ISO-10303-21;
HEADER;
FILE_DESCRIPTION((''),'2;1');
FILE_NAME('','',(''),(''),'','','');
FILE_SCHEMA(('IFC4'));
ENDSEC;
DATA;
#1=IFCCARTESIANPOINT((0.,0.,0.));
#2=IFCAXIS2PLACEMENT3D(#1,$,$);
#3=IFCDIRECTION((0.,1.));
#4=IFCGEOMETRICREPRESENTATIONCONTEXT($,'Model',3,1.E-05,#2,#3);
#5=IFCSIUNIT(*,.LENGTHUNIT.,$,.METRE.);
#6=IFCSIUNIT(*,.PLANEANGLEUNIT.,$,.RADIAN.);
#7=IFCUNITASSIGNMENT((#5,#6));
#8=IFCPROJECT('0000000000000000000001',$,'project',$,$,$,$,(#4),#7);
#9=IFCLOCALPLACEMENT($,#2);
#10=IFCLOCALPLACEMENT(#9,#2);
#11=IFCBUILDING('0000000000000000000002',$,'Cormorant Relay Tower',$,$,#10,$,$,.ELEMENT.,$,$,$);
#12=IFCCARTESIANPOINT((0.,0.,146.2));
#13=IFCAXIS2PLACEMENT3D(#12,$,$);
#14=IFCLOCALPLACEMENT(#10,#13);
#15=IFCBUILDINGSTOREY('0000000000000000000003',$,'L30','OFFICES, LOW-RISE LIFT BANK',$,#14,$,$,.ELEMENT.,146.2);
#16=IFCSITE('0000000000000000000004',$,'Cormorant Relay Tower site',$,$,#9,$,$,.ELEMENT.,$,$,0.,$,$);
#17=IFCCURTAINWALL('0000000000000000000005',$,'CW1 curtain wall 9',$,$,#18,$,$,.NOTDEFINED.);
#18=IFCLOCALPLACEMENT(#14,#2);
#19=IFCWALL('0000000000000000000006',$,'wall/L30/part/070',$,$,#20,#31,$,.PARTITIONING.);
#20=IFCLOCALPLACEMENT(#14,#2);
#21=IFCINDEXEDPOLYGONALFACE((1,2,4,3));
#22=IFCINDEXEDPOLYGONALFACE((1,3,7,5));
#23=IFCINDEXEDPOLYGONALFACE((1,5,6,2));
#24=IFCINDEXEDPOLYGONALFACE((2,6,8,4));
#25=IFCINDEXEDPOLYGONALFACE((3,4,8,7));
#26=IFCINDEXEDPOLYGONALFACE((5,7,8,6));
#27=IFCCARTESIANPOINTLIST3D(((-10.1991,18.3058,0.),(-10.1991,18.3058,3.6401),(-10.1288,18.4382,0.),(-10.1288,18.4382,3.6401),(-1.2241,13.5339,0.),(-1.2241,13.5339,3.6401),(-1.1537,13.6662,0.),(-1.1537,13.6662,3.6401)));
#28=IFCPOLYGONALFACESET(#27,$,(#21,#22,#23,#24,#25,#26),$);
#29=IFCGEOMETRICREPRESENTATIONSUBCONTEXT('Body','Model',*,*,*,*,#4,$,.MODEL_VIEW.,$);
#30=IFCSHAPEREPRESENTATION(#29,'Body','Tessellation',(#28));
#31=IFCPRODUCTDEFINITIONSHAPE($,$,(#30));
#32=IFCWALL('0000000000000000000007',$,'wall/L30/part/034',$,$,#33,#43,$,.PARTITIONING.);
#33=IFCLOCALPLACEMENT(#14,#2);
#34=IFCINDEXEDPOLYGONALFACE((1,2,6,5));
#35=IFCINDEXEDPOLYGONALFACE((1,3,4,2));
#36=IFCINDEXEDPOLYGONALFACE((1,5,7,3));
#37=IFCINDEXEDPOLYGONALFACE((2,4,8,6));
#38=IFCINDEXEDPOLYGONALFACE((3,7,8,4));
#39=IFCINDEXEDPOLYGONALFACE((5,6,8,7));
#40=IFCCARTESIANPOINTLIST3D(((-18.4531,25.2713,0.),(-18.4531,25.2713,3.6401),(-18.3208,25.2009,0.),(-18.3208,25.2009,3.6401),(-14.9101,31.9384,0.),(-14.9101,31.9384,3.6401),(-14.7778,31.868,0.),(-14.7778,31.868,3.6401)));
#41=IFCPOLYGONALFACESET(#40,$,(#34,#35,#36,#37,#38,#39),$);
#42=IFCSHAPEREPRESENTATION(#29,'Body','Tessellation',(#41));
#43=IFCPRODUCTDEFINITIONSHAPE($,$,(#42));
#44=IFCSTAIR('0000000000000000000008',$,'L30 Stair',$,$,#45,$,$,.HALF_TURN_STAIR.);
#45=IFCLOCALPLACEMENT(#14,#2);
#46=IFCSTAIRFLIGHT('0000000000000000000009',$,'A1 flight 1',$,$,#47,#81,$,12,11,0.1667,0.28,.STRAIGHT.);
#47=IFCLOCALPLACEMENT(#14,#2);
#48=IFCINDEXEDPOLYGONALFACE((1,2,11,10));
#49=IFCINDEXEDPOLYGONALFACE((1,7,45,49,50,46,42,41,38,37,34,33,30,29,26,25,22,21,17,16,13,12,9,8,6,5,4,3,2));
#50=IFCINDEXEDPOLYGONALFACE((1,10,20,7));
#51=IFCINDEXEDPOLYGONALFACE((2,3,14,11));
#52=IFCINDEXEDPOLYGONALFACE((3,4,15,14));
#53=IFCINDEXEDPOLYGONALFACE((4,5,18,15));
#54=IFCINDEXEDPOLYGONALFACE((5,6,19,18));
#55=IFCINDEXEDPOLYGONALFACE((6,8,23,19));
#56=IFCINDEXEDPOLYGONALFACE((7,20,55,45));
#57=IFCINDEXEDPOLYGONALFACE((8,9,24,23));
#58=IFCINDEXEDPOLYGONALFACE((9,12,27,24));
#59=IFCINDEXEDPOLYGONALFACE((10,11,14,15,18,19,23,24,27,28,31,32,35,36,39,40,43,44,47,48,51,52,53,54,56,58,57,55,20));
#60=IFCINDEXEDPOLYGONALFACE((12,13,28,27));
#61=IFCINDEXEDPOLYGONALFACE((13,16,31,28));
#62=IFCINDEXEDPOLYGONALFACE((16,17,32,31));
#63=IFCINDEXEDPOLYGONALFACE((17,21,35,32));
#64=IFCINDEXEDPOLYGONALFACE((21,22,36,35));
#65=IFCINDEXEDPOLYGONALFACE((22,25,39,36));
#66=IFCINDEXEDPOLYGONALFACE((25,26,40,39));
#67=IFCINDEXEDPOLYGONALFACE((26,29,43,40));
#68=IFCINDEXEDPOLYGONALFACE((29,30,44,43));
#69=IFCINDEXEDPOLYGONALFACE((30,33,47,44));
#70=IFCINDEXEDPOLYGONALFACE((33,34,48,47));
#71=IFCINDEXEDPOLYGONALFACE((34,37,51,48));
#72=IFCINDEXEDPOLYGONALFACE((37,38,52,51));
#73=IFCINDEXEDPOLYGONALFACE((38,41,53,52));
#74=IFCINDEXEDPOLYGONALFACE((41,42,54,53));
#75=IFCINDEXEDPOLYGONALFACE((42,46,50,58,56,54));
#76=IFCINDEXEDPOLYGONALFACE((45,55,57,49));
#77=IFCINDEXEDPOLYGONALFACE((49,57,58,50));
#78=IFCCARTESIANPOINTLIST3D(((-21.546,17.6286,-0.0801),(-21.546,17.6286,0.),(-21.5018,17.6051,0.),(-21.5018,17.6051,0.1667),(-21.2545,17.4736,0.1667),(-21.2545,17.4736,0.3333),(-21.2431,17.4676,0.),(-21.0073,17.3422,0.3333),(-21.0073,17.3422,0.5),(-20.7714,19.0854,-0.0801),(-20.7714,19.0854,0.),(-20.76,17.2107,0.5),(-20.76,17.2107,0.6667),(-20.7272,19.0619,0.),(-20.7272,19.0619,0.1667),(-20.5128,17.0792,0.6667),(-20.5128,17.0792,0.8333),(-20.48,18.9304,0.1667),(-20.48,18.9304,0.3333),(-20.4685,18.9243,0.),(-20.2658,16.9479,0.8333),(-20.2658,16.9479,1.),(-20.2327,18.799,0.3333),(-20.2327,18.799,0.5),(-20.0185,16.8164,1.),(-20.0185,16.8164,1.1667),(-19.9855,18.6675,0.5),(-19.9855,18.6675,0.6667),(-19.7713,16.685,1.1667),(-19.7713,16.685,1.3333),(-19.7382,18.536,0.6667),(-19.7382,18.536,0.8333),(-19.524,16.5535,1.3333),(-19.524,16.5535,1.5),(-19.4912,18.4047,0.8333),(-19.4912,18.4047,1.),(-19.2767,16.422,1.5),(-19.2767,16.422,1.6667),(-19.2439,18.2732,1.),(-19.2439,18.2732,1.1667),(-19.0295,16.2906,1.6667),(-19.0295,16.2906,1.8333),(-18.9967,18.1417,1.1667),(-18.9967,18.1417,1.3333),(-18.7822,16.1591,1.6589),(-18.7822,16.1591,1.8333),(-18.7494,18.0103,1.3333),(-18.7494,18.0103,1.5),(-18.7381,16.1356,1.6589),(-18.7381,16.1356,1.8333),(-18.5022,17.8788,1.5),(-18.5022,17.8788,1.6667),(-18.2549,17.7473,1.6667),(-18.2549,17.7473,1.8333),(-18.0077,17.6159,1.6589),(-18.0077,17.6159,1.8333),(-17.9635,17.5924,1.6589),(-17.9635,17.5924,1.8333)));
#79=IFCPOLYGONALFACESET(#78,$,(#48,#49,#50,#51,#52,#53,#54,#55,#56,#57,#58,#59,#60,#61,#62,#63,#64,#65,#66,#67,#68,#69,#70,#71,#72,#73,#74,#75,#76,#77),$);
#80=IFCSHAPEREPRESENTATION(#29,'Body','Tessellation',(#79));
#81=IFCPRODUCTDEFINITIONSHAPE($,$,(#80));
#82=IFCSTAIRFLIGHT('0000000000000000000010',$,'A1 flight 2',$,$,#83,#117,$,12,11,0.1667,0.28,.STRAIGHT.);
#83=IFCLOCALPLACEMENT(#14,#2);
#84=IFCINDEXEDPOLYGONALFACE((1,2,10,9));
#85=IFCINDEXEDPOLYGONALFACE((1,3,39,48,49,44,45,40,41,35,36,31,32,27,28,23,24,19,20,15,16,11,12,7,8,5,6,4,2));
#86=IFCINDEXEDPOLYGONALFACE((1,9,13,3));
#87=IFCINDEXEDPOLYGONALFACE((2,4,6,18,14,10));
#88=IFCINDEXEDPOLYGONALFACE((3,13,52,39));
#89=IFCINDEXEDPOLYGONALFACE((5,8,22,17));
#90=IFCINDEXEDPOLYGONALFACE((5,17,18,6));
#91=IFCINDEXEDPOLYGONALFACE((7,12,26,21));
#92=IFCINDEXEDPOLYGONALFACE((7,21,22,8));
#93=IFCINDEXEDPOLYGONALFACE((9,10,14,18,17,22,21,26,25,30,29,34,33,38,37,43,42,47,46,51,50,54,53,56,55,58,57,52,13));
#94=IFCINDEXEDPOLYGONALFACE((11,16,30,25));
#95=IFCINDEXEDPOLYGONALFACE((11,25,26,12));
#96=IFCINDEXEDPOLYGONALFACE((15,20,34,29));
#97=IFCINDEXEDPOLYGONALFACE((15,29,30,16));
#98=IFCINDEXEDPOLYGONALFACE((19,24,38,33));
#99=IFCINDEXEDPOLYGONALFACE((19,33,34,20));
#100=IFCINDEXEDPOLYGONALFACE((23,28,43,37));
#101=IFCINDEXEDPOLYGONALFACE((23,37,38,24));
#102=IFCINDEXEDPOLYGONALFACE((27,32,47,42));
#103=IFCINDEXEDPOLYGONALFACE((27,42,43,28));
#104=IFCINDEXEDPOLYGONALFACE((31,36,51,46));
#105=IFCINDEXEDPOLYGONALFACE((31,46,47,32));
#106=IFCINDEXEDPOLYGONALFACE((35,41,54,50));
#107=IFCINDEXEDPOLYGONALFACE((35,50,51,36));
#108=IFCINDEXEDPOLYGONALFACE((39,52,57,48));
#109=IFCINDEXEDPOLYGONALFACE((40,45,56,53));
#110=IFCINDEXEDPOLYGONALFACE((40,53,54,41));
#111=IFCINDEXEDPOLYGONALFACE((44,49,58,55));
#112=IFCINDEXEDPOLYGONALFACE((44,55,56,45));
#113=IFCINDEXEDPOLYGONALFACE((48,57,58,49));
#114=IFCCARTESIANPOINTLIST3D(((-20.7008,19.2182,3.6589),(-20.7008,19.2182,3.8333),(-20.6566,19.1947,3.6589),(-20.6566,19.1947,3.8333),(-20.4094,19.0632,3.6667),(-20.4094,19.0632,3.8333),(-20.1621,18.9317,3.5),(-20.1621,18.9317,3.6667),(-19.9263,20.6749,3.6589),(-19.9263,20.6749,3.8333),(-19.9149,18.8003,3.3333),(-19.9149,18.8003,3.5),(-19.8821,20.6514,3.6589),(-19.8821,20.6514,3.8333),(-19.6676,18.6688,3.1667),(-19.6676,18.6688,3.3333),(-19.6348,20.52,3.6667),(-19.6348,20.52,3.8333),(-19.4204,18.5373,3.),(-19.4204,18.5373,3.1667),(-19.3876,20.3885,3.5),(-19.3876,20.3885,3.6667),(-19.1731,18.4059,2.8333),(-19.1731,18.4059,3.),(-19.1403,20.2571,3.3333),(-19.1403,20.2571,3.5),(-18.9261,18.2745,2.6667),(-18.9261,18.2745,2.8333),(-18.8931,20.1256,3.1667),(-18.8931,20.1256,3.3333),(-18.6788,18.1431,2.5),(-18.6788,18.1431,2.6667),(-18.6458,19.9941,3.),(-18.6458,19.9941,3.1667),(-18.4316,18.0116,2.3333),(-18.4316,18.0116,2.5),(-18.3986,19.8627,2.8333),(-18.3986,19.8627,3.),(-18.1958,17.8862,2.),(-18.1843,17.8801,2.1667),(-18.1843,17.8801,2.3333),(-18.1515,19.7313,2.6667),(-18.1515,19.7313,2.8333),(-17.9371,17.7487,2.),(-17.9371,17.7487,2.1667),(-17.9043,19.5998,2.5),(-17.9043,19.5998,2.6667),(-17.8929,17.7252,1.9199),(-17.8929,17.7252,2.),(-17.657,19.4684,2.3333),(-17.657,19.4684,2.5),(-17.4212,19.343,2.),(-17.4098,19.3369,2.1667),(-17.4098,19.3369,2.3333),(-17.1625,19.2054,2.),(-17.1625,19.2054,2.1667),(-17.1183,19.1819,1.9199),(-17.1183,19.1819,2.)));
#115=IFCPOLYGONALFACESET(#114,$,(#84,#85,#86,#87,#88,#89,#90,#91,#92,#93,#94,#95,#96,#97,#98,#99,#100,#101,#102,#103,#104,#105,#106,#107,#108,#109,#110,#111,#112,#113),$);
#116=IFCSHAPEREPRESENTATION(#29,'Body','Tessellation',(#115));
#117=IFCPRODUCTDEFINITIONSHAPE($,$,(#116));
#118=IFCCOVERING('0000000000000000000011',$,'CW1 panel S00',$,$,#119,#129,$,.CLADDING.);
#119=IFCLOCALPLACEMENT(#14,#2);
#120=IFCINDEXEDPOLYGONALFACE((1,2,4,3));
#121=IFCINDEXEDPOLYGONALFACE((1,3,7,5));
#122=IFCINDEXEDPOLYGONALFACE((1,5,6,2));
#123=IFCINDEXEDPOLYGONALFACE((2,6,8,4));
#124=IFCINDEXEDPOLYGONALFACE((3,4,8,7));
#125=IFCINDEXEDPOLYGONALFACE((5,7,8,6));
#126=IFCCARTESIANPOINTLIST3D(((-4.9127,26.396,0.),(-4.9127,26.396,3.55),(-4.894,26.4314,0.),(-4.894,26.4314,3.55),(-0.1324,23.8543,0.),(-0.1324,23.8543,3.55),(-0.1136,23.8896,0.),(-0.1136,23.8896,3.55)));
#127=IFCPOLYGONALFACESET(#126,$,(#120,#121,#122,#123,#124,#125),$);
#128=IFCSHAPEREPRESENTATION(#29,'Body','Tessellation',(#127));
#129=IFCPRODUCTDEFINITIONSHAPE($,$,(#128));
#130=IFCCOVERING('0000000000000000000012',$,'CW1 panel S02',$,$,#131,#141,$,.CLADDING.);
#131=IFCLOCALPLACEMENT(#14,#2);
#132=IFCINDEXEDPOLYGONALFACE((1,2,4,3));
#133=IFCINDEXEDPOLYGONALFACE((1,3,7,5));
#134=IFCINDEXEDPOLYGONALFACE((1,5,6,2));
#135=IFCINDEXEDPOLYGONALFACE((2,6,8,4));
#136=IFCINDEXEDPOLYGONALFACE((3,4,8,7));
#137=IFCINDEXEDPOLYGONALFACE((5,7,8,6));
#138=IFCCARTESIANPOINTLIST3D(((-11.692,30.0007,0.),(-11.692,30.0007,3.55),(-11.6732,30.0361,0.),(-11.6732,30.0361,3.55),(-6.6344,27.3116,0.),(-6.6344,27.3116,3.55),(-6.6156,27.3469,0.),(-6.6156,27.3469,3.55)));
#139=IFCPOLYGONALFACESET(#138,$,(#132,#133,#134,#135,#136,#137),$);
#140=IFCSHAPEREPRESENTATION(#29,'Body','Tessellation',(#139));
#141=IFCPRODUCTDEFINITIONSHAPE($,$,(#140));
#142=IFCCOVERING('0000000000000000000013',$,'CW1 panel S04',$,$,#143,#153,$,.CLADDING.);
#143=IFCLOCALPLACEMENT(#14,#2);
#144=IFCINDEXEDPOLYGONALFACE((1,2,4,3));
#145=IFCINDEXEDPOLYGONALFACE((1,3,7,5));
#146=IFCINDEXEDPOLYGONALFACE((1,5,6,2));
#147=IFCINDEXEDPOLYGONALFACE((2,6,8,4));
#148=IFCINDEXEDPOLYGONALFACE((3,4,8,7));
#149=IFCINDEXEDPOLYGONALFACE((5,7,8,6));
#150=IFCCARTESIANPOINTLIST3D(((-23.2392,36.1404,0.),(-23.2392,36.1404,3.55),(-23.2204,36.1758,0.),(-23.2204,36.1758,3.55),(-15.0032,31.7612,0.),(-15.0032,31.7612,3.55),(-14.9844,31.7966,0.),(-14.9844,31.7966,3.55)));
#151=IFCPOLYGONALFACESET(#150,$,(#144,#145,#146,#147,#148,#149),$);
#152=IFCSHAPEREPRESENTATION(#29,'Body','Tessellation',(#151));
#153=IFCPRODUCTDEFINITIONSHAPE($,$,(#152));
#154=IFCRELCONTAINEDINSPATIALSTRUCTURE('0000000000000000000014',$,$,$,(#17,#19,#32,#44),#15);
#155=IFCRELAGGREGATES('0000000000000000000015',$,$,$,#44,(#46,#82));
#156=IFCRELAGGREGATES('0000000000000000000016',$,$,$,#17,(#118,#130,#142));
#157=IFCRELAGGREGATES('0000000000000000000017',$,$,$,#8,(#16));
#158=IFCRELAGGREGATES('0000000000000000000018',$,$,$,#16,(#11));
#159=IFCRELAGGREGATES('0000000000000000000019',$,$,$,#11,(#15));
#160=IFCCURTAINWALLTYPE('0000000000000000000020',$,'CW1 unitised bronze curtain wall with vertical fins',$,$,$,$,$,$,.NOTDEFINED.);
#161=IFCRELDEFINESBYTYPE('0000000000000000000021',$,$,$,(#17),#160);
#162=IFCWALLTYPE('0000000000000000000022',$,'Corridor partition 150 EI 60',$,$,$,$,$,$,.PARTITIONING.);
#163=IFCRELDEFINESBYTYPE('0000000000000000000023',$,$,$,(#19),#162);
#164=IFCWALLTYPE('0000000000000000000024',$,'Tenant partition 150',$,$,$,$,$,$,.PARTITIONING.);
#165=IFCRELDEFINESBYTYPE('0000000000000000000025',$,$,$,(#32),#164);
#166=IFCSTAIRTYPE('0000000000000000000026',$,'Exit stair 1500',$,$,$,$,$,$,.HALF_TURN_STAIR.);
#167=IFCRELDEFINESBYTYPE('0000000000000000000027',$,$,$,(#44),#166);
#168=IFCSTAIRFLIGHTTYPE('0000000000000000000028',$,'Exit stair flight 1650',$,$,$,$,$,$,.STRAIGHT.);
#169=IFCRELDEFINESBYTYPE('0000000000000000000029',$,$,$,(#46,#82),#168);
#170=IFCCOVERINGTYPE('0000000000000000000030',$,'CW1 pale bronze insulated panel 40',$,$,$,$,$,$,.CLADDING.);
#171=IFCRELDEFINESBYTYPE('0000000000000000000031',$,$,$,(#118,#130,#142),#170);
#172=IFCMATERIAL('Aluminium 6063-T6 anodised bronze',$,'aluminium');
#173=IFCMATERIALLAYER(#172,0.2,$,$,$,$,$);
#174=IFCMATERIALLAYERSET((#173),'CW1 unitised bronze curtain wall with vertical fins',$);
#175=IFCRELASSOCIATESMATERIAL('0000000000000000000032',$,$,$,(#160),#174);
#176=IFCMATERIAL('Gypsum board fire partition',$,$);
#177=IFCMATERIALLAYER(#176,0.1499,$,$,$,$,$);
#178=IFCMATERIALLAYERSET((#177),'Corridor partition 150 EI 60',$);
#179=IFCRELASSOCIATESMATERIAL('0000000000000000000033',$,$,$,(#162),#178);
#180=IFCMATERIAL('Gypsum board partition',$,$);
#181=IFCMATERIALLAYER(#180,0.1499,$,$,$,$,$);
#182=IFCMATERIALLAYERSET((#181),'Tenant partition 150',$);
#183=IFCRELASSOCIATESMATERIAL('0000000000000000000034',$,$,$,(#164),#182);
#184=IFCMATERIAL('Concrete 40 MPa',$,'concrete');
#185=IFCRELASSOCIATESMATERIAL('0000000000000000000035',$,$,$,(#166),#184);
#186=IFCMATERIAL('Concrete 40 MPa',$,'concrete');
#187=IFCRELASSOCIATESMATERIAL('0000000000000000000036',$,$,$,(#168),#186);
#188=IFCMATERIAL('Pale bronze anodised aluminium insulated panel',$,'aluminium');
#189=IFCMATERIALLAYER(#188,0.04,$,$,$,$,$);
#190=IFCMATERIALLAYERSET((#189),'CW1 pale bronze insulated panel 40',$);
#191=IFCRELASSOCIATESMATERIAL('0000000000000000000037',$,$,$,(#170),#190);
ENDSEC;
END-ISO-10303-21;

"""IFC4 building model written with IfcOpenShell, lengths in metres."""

from ifc_helpers import new_model, si_unit, direction, frame, frame_2d, origin, origin_2d, place, context, subcontext, project, spatial, polyline, rectangle, outline, extrude, material, layer, layer_set, type_object, element, aggregate, save


model = new_model("IFC4")

# Units and contexts
model_context = context("Model", 3, precision=1e-05, world=origin(), true_north=direction((0.0, 1.0)))
body_context = subcontext(model_context, "Body", "Model", "MODEL_VIEW")
ifc_project = project(units=[si_unit("LENGTHUNIT", "METRE"), si_unit("PLANEANGLEUNIT", "RADIAN")], contexts=[model_context])

# Site, building, storey
site_placement = place(None, origin())
site = spatial("IfcSite", under=ifc_project, at=site_placement, Name="Cormorant Relay Tower site", CompositionType="ELEMENT", RefElevation=0.0)
building_placement = place(site_placement, origin())
building = spatial("IfcBuilding", under=site, at=building_placement, Name="Cormorant Relay Tower", CompositionType="ELEMENT")
storey_placement = place(building_placement, frame((0.0, 0.0, 146.2)))
storey = spatial("IfcBuildingStorey", under=building, at=storey_placement, Name="L30", Description="OFFICES, LOW-RISE LIFT BANK", CompositionType="ELEMENT", Elevation=146.2)

# Curtain wall
ifc_material_1 = material(Name="Aluminium 6063-T6 anodised bronze", Category="aluminium")
ifc_layer_1 = layer(ifc_material_1, 0.2)
ifc_layer_set_1 = layer_set([ifc_layer_1], Name="CW1 unitised bronze curtain wall with vertical fins")
curtain_wall_type = type_object("IfcCurtainWallType", Name="CW1 unitised bronze curtain wall with vertical fins", PredefinedType="NOTDEFINED", material=ifc_layer_set_1)
curtain_wall_placement = place(storey_placement, origin())
curtain_wall = element("IfcCurtainWall", 1, at=curtain_wall_placement, inside=storey, type_object=curtain_wall_type, Name="CW1 curtain wall 9", PredefinedType="NOTDEFINED")

# Walls
ifc_material_2 = material(Name="Gypsum board fire partition")
ifc_layer_2 = layer(ifc_material_2, 0.1499)
ifc_layer_set_2 = layer_set([ifc_layer_2], Name="Corridor partition 150 EI 60")
wall_type_1 = type_object("IfcWallType", Name="Corridor partition 150 EI 60", PredefinedType="PARTITIONING", material=ifc_layer_set_2)
wall_1_placement = place(storey_placement, frame((-10.1641, 18.3721, 0.0), z_axis=(0.0, 0.0, 1.0), x_axis=(0.882955, -0.469458, 0.0)))
element("IfcWall", 2, at=wall_1_placement, inside=storey, type_object=wall_type_1, Name="wall/L30/part/070", PredefinedType="PARTITIONING", context=body_context, shape_type="SweptSolid", body=[
    extrude(rectangle(XDim=10.1648, YDim=0.1499, at=frame_2d((5.0825, 0.0))), origin(), (0.0, 0.0, 1.0), 3.6401),
])
ifc_material_3 = material(Name="Gypsum board partition")
ifc_layer_3 = layer(ifc_material_3, 0.1499)
ifc_layer_set_3 = layer_set([ifc_layer_3], Name="Tenant partition 150")
wall_type_2 = type_object("IfcWallType", Name="Tenant partition 150", PredefinedType="PARTITIONING", material=ifc_layer_set_3)
wall_2_placement = place(storey_placement, frame((-14.844, 31.9031, 0.0), z_axis=(0.0, 0.0, 1.0), x_axis=(-0.469272, -0.883054, 0.0)))
element("IfcWall", 3, at=wall_2_placement, inside=storey, type_object=wall_type_2, Name="wall/L30/part/034", PredefinedType="PARTITIONING", context=body_context, shape_type="SweptSolid", body=[
    extrude(rectangle(XDim=7.55, YDim=0.1499, at=frame_2d((3.7749, 0.0))), origin(), (0.0, 0.0, 1.0), 3.6401),
])

# Stair, stair flights
ifc_material_4 = material(Name="Concrete 40 MPa", Category="concrete")
stair_type = type_object("IfcStairType", Name="Exit stair 1500", PredefinedType="HALF_TURN_STAIR", material=ifc_material_4)
stair_placement = place(storey_placement, origin())
stair = element("IfcStair", 4, at=stair_placement, inside=storey, type_object=stair_type, Name="L30 Stair", PredefinedType="HALF_TURN_STAIR")
ifc_material_5 = material(Name="Concrete 40 MPa", Category="concrete")
stair_flight_type = type_object("IfcStairFlightType", Name="Exit stair flight 1650", PredefinedType="STRAIGHT", material=ifc_material_5)
stair_flight_1_placement = place(storey_placement, frame((-21.1145, 18.3335, 0.0), z_axis=(0.0, 0.0, 1.0), x_axis=(0.882948, -0.469472, 0.0)))
stair_flight_1 = element("IfcStairFlight", 5, at=stair_flight_1_placement, type_object=stair_flight_type, Name="A1 flight 1", NumberOfRisers=12, NumberOfTreads=11, PredefinedType="STRAIGHT", RiserHeight=0.1667, TreadLength=0.28, context=body_context, shape_type="SweptSolid", body=[
    extrude(outline(polyline([(-0.05, -0.0801), (-0.05, 0.0), (0.0, 0.0), (0.0, 0.1667), (0.28, 0.1667), (0.28, 0.3333), (0.5601, 0.3333), (0.5601, 0.5), (0.8401, 0.5), (0.8401, 0.6667), (1.1201, 0.6667), (1.1201, 0.8333), (1.3999, 0.8333), (1.3999, 1.0), (1.6799, 1.0), (1.6799, 1.1667), (1.96, 1.1667), (1.96, 1.3333), (2.24, 1.3333), (2.24, 1.5), (2.52, 1.5), (2.52, 1.6667), (2.8, 1.6667), (2.8, 1.8333), (3.0801, 1.8333), (3.1301, 1.8333), (3.1301, 1.6589), (3.0801, 1.6589), (0.293, 0.0), (-0.05, -0.0801)])), frame((0.0, 0.825, 0.0), z_axis=(0.0, -1.0, 0.0), x_axis=(1.0, 0.0, 0.0)), (0.0, 0.0, 1.0), 1.6499),
])
stair_flight_2_placement = place(storey_placement, frame((-17.5498, 18.4771, 2.0), z_axis=(0.0, 0.0, 1.0), x_axis=(-0.882948, 0.469472, 0.0)))
stair_flight_2 = element("IfcStairFlight", 6, at=stair_flight_2_placement, type_object=stair_flight_type, Name="A1 flight 2", NumberOfRisers=12, NumberOfTreads=11, PredefinedType="STRAIGHT", RiserHeight=0.1667, TreadLength=0.28, context=body_context, shape_type="SweptSolid", body=[
    extrude(outline(polyline([(-0.05, -0.0801), (-0.05, 0.0), (0.0, 0.0), (0.0, 0.1667), (0.28, 0.1667), (0.28, 0.3333), (0.5601, 0.3333), (0.5601, 0.5), (0.8401, 0.5), (0.8401, 0.6667), (1.1201, 0.6667), (1.1201, 0.8333), (1.3999, 0.8333), (1.3999, 1.0), (1.6799, 1.0), (1.6799, 1.1667), (1.96, 1.1667), (1.96, 1.3333), (2.24, 1.3333), (2.24, 1.5), (2.52, 1.5), (2.52, 1.6667), (2.8, 1.6667), (2.8, 1.8333), (3.0801, 1.8333), (3.1301, 1.8333), (3.1301, 1.6589), (3.0801, 1.6589), (0.293, 0.0), (-0.05, -0.0801)])), frame((0.0, 0.825, 0.0), z_axis=(0.0, -1.0, 0.0), x_axis=(1.0, 0.0, 0.0)), (0.0, 0.0, 1.0), 1.6499),
])
aggregate(stair, [stair_flight_1, stair_flight_2])

# Coverings
ifc_material_6 = material(Name="Pale bronze anodised aluminium insulated panel", Category="aluminium")
ifc_layer_4 = layer(ifc_material_6, 0.04)
ifc_layer_set_4 = layer_set([ifc_layer_4], Name="CW1 pale bronze insulated panel 40")
covering_type = type_object("IfcCoveringType", Name="CW1 pale bronze insulated panel 40", PredefinedType="CLADDING", material=ifc_layer_set_4)
covering_1_placement = place(storey_placement, frame((-2.5132, 25.1428, 0.0), z_axis=(0.0, 0.0, 1.0), x_axis=(-0.882948, 0.469472, 0.0)))
covering_1 = element("IfcCovering", 7, at=covering_1_placement, type_object=covering_type, Name="CW1 panel S00", PredefinedType="CLADDING", context=body_context, shape_type="SweptSolid", body=[
    extrude(rectangle(XDim=5.4141, YDim=0.04, at=origin_2d()), origin(), (0.0, 0.0, 1.0), 3.55),
])
covering_2_placement = place(storey_placement, frame((-9.1538, 28.6738, 0.0), z_axis=(0.0, 0.0, 1.0), x_axis=(-0.882948, 0.469472, 0.0)))
covering_2 = element("IfcCovering", 8, at=covering_2_placement, type_object=covering_type, Name="CW1 panel S02", PredefinedType="CLADDING", context=body_context, shape_type="SweptSolid", body=[
    extrude(rectangle(XDim=5.728, YDim=0.04, at=origin_2d()), origin(), (0.0, 0.0, 1.0), 3.55),
])
covering_3_placement = place(storey_placement, frame((-19.1118, 33.9685, 0.0), z_axis=(0.0, 0.0, 1.0), x_axis=(-0.882948, 0.469472, 0.0)))
covering_3 = element("IfcCovering", 9, at=covering_3_placement, type_object=covering_type, Name="CW1 panel S04", PredefinedType="CLADDING", context=body_context, shape_type="SweptSolid", body=[
    extrude(rectangle(XDim=9.3279, YDim=0.04, at=origin_2d()), origin(), (0.0, 0.0, 1.0), 3.55),
])
aggregate(curtain_wall, [covering_1, covering_2, covering_3])

save(model, "model.ifc")
